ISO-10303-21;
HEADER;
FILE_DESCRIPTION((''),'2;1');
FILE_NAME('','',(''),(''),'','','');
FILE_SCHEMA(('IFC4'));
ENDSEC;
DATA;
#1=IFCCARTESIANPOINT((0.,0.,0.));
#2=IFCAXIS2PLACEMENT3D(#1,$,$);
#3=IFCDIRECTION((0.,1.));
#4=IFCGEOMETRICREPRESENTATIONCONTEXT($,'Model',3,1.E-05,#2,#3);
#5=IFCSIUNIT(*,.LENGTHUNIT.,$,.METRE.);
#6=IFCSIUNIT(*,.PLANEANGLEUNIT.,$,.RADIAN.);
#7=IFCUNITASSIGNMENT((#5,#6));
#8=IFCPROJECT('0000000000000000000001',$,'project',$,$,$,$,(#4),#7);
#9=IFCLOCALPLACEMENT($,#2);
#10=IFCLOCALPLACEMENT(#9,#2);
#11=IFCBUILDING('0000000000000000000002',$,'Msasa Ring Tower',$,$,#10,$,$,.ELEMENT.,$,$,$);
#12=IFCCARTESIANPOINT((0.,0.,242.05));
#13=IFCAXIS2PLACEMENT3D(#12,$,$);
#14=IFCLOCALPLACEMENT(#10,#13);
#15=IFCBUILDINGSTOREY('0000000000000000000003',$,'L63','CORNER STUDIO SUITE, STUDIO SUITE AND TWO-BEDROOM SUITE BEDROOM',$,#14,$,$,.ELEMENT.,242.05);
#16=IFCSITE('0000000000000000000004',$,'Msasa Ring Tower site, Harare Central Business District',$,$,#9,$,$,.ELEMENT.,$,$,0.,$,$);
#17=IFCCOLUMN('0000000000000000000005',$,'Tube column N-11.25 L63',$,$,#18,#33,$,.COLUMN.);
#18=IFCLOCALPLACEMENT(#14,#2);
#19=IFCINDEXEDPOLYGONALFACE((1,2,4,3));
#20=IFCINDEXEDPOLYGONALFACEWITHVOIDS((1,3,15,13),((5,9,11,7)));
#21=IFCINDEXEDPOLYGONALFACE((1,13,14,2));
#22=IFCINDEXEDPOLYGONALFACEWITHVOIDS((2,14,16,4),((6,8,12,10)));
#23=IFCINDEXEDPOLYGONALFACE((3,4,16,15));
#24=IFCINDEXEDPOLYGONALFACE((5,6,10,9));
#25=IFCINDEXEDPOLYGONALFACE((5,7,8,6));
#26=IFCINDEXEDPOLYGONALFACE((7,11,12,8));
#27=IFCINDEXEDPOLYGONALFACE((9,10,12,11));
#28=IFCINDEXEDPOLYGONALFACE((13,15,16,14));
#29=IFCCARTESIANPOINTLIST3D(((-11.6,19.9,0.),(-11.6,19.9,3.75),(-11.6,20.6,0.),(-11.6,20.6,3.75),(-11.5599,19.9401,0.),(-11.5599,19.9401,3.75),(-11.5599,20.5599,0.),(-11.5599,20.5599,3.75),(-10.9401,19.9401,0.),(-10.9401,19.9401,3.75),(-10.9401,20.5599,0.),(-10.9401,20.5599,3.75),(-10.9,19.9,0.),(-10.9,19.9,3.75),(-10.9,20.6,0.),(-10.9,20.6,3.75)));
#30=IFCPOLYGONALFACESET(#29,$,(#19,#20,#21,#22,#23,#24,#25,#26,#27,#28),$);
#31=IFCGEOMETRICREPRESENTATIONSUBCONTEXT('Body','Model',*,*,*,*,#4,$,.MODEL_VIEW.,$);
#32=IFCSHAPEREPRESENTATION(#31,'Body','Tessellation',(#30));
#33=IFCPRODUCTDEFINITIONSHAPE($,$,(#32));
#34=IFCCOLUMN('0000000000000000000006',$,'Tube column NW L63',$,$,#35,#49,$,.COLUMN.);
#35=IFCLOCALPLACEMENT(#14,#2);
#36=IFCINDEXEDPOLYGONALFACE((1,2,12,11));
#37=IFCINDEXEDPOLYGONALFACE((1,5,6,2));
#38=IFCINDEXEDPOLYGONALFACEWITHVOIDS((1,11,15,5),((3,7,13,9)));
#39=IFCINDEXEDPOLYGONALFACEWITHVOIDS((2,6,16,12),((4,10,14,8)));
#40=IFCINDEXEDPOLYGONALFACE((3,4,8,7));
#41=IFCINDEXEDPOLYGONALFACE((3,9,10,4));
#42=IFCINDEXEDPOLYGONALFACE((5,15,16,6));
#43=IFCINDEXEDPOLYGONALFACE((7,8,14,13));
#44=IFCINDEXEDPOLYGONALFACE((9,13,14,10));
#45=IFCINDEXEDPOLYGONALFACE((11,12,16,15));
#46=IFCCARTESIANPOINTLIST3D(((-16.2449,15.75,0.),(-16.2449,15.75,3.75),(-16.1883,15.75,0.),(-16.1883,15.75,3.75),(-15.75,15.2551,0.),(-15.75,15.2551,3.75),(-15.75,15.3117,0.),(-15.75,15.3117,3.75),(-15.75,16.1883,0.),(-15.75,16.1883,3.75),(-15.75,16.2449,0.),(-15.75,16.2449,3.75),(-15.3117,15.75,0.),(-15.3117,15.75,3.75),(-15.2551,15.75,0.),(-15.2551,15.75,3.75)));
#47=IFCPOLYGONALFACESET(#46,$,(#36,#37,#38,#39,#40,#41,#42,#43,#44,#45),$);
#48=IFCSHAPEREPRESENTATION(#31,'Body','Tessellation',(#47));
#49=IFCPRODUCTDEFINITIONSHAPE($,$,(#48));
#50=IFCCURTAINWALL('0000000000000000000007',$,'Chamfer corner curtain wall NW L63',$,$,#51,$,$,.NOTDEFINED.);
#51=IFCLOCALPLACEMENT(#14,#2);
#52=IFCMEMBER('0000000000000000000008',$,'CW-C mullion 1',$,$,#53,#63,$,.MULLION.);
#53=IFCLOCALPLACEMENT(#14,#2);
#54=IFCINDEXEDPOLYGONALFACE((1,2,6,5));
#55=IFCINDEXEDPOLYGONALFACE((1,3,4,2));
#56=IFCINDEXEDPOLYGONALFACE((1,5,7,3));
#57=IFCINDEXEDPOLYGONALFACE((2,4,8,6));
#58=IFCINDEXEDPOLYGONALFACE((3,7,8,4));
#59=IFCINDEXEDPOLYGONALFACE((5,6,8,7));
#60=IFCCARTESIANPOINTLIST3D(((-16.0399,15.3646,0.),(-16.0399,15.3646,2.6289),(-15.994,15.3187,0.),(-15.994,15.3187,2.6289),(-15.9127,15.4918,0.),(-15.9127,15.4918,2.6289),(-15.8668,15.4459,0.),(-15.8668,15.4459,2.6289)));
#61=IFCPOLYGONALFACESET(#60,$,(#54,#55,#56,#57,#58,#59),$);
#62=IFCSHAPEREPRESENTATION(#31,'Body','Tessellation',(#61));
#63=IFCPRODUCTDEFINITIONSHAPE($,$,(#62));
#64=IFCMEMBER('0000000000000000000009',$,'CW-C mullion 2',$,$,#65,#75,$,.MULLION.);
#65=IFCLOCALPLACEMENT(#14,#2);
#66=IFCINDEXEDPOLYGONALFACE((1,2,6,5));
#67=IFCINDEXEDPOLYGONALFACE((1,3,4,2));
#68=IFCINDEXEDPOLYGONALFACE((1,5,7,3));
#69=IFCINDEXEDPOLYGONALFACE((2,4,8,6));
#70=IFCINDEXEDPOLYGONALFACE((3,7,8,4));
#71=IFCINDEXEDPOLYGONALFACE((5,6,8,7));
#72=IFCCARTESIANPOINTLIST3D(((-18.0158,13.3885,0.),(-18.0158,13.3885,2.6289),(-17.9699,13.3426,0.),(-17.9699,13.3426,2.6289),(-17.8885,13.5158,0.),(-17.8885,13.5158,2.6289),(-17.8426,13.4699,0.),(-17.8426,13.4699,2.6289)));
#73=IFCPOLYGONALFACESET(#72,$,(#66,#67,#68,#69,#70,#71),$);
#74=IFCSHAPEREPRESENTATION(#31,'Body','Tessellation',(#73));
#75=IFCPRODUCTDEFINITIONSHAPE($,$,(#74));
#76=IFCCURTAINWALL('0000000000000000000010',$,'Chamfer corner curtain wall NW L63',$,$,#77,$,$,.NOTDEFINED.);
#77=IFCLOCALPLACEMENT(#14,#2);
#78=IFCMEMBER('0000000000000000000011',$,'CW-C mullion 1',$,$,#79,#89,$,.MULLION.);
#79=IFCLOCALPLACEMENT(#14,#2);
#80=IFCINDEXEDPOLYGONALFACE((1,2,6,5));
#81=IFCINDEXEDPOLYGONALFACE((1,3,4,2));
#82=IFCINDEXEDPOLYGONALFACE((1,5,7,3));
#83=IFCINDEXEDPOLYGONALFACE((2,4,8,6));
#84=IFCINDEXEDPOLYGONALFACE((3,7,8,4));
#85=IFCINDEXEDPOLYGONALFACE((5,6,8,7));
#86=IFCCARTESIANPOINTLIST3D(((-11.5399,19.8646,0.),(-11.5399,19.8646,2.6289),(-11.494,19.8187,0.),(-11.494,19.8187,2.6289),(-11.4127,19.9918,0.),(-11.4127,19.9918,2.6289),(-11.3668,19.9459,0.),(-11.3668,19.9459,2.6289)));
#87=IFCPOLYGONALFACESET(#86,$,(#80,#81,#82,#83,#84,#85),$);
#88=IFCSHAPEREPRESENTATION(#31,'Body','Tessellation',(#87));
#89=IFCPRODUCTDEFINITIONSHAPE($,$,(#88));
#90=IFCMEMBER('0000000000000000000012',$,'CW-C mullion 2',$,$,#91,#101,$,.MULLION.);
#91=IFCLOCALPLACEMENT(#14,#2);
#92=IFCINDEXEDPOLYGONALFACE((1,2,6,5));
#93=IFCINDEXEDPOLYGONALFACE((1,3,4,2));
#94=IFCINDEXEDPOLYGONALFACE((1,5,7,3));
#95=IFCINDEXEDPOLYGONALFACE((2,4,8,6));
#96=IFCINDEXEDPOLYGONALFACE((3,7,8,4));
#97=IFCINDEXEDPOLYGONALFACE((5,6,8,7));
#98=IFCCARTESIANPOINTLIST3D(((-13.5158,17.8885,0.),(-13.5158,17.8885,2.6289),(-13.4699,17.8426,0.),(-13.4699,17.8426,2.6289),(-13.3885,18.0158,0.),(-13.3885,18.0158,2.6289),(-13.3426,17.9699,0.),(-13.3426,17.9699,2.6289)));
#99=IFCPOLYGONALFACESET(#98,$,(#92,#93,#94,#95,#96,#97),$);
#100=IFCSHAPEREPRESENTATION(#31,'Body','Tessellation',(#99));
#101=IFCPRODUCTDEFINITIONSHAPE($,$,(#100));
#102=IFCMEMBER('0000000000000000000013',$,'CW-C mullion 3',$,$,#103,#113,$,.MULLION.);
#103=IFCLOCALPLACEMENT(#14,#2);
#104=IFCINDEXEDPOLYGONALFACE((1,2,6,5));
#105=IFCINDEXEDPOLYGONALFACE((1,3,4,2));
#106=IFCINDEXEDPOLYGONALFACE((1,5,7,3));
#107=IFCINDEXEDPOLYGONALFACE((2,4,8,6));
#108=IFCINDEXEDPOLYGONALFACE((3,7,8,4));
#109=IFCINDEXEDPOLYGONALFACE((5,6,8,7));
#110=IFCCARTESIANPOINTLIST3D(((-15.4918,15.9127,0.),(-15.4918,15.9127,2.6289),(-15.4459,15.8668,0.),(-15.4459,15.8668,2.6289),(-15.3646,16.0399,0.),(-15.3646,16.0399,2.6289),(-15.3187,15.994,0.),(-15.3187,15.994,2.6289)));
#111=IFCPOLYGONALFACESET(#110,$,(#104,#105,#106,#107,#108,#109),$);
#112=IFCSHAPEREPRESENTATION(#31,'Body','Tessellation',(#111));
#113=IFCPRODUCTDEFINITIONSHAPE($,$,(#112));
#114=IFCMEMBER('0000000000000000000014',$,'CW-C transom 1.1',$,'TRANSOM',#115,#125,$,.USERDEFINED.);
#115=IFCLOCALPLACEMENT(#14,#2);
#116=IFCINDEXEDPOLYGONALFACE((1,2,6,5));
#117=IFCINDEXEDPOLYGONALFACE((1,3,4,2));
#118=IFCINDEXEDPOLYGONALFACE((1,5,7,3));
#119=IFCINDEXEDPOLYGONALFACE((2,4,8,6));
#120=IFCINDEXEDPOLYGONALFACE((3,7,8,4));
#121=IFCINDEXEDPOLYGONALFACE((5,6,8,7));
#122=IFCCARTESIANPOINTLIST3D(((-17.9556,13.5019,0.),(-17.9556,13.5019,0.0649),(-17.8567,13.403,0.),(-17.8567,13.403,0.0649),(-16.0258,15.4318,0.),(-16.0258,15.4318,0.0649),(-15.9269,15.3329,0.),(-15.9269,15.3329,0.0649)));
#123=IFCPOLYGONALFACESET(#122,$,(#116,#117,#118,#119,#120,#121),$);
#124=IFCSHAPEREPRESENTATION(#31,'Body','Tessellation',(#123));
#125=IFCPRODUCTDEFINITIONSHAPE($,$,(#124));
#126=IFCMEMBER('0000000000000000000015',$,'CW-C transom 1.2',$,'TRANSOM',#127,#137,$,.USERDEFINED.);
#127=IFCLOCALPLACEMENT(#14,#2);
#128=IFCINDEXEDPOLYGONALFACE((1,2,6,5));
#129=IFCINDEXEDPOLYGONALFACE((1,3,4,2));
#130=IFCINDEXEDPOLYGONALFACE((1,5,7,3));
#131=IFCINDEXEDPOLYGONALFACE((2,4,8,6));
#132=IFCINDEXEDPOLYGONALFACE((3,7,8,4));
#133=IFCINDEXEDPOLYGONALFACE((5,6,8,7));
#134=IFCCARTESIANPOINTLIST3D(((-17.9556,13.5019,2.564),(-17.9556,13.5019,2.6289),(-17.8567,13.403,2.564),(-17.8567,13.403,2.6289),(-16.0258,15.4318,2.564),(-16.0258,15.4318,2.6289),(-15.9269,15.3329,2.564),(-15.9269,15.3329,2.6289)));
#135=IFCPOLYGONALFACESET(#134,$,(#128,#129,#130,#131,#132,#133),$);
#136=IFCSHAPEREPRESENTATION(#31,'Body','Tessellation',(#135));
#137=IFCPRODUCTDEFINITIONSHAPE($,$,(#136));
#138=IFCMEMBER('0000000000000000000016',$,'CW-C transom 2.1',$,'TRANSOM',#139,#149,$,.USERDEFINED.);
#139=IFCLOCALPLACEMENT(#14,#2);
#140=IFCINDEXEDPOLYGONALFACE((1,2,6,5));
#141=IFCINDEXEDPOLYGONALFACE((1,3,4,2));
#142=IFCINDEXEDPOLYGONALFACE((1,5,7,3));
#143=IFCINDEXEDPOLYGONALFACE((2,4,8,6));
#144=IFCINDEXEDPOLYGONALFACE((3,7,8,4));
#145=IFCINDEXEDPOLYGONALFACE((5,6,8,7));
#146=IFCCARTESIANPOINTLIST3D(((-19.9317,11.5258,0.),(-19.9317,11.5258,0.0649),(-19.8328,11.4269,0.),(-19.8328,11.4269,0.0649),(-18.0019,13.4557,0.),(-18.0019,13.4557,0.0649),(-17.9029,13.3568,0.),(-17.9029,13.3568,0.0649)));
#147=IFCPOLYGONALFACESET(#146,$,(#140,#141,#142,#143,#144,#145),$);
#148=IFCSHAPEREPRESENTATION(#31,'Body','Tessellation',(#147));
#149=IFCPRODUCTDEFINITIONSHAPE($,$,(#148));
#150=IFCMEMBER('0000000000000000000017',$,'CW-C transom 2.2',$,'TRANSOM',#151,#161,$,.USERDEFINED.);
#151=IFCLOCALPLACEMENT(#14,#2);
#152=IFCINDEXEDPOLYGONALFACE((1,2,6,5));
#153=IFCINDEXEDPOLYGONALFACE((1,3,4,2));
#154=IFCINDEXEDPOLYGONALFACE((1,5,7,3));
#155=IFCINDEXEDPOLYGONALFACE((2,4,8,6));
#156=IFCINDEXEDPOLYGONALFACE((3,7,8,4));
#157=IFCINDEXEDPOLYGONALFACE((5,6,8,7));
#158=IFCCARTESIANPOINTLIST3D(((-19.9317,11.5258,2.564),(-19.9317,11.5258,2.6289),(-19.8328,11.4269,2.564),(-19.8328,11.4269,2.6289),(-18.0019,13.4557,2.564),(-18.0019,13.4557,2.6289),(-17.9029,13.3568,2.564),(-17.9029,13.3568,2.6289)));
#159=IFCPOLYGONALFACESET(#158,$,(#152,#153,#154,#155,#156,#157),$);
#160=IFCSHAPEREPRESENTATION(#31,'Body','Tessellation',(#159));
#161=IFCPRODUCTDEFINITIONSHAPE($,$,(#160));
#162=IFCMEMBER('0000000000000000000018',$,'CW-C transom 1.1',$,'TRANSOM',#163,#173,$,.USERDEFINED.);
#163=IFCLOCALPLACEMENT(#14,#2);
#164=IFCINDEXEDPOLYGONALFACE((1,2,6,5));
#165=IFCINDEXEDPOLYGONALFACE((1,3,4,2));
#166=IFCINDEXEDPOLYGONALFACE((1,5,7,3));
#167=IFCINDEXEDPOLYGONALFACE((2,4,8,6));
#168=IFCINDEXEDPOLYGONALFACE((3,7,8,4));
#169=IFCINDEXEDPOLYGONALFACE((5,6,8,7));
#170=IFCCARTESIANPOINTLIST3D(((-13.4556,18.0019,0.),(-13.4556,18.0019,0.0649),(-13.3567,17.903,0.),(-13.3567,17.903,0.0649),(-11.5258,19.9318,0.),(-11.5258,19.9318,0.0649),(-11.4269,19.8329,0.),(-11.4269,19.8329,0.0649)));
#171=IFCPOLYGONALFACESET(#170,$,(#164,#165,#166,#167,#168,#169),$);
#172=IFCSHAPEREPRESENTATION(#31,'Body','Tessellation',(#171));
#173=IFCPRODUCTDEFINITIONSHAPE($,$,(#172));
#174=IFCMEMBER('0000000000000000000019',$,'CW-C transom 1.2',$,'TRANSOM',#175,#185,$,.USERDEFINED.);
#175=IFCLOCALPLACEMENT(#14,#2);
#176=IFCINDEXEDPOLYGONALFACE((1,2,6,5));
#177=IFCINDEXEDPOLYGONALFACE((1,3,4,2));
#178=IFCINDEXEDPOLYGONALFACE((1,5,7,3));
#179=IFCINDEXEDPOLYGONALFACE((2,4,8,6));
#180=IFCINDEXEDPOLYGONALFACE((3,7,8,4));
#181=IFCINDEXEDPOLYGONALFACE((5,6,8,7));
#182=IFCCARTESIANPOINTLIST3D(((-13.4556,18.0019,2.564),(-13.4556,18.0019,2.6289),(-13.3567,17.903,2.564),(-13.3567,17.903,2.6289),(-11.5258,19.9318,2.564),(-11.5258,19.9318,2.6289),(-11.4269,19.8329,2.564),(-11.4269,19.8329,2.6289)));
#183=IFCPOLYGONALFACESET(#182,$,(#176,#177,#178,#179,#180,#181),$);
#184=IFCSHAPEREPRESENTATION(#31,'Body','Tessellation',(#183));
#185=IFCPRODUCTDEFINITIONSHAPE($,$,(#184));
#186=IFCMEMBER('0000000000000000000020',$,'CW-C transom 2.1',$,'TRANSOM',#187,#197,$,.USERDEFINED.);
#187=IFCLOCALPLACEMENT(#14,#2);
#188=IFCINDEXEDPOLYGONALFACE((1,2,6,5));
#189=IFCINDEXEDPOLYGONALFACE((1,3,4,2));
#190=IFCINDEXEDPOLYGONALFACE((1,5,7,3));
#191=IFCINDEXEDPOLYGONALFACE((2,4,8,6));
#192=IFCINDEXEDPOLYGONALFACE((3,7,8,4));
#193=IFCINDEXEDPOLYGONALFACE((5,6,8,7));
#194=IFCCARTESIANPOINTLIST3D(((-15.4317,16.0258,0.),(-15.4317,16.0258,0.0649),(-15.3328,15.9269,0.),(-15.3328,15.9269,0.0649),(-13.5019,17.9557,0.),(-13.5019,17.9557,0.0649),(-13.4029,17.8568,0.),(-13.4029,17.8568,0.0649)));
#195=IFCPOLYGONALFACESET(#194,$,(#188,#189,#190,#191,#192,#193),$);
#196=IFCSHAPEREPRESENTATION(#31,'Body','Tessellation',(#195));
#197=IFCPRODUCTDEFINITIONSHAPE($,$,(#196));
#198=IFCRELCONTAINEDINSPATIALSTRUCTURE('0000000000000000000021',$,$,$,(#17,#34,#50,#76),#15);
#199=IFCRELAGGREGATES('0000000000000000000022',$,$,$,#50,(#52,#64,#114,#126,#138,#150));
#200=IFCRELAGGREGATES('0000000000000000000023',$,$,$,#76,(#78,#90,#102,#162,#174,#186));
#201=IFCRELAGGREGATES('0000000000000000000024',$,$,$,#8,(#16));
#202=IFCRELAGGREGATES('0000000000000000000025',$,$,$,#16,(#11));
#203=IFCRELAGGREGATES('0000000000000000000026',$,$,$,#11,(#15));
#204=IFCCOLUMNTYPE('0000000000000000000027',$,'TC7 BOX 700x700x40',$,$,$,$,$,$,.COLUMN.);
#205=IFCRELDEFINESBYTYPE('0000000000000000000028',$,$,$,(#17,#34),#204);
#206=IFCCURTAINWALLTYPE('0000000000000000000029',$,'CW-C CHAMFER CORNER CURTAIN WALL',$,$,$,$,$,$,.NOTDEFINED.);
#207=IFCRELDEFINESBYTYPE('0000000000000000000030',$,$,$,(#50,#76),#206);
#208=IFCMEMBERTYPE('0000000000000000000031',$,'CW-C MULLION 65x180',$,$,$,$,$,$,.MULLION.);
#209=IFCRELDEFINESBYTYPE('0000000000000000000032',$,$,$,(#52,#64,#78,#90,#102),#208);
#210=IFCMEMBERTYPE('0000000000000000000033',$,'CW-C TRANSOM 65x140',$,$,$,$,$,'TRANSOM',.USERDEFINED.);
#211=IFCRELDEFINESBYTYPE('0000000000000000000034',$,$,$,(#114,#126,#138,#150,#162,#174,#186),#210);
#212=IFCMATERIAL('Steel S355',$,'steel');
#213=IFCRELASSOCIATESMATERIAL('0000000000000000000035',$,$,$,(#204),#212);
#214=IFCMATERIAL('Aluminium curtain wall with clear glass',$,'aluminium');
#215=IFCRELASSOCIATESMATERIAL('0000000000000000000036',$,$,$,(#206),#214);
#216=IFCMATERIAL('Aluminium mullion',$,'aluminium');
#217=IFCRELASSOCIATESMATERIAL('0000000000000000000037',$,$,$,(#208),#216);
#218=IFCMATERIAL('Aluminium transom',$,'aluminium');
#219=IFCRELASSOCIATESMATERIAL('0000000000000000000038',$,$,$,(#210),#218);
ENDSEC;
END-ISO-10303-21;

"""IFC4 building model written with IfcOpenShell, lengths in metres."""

from ifc_helpers import new_model, si_unit, direction, frame, origin, origin_2d, place, context, subcontext, project, spatial, rectangle, hollow_rectangle, extrude, material, material_profile, profile_set, type_object, element, aggregate, save


model = new_model("IFC4")

# Units and contexts
model_context = context("Model", 3, precision=1e-05, world=origin(), true_north=direction((0.0, 1.0)))
body_context = subcontext(model_context, "Body", "Model", "MODEL_VIEW")
ifc_project = project(units=[si_unit("LENGTHUNIT", "METRE"), si_unit("PLANEANGLEUNIT", "RADIAN")], contexts=[model_context])

# Site, building, storey
site_placement = place(None, origin())
site = spatial("IfcSite", under=ifc_project, at=site_placement, Name="Msasa Ring Tower site, Harare Central Business District", CompositionType="ELEMENT", RefElevation=0.0)
building_placement = place(site_placement, origin())
building = spatial("IfcBuilding", under=site, at=building_placement, Name="Msasa Ring Tower", CompositionType="ELEMENT")
storey_placement = place(building_placement, frame((0.0, 0.0, 242.05)))
storey = spatial("IfcBuildingStorey", under=building, at=storey_placement, Name="L63", Description="CORNER STUDIO SUITE, STUDIO SUITE AND TWO-BEDROOM SUITE BEDROOM", CompositionType="ELEMENT", Elevation=242.05)

# Columns
ifc_material_1 = material(Name="Steel S355", Category="steel")
ifc_material_profile_1 = material_profile(ifc_material_1, hollow_rectangle(XDim=0.7, YDim=0.7, WallThickness=0.04, at=origin_2d()), Name="BOX 700x700x40")
ifc_profile_set_1 = profile_set([ifc_material_profile_1], Name="Steel S355")
column_type = type_object("IfcColumnType", Name="TC7 BOX 700x700x40", PredefinedType="COLUMN", material=ifc_profile_set_1)
for number, where, z_axis, x_axis, name in (
    (1, (-11.25, 20.25, 0.0), (0.0, 0.0, 1.0), (0.0, 1.0, 0.0), "Tube column N-11.25 L63"),
    (2, (-15.75, 15.75, 0.0), (0.0, 0.0, 1.0), (0.707107, -0.707107, 0.0), "Tube column NW L63"),
):
    element("IfcColumn", number, at=place(storey_placement, frame(where, z_axis=z_axis, x_axis=x_axis)), inside=storey, type_object=column_type, Name=name, PredefinedType="COLUMN", context=body_context, shape_type="SweptSolid", body=[
        extrude(hollow_rectangle(XDim=0.7, YDim=0.7, WallThickness=0.04, at=origin_2d()), origin(), (0.0, 0.0, 1.0), 3.75),
    ])

# Curtain walls, members
ifc_material_2 = material(Name="Aluminium curtain wall with clear glass", Category="aluminium")
curtain_wall_type = type_object("IfcCurtainWallType", Name="CW-C CHAMFER CORNER CURTAIN WALL", PredefinedType="NOTDEFINED", material=ifc_material_2)
curtain_wall_1_placement = place(storey_placement, origin())
curtain_wall_1 = element("IfcCurtainWall", 3, at=curtain_wall_1_placement, inside=storey, type_object=curtain_wall_type, Name="Chamfer corner curtain wall NW L63", PredefinedType="NOTDEFINED")
ifc_material_3 = material(Name="Aluminium mullion", Category="aluminium")
ifc_material_profile_2 = material_profile(ifc_material_3, rectangle(XDim=0.0649, YDim=0.1799, at=origin_2d()), Name="AL 65x180")
ifc_profile_set_2 = profile_set([ifc_material_profile_2], Name="Aluminium mullion")
member_type_1 = type_object("IfcMemberType", Name="CW-C MULLION 65x180", PredefinedType="MULLION", material=ifc_profile_set_2)
member_1_placement = place(storey_placement, frame((-15.9534, 15.4053, 0.0), z_axis=(0.0, 0.0, 1.0), x_axis=(0.707107, -0.707107, 0.0)))
member_1 = element("IfcMember", 4, at=member_1_placement, type_object=member_type_1, Name="CW-C mullion 1", PredefinedType="MULLION", context=body_context, shape_type="SweptSolid", body=[
    extrude(rectangle(XDim=0.0649, YDim=0.1799, at=origin_2d()), origin(), (0.0, 0.0, 1.0), 2.6289),
])
member_2_placement = place(storey_placement, frame((-17.9292, 13.4292, 0.0), z_axis=(0.0, 0.0, 1.0), x_axis=(0.707107, -0.707107, 0.0)))
member_2 = element("IfcMember", 5, at=member_2_placement, type_object=member_type_1, Name="CW-C mullion 2", PredefinedType="MULLION", context=body_context, shape_type="SweptSolid", body=[
    extrude(rectangle(XDim=0.0649, YDim=0.1799, at=origin_2d()), origin(), (0.0, 0.0, 1.0), 2.6289),
])
curtain_wall_2_placement = place(storey_placement, origin())
curtain_wall_2 = element("IfcCurtainWall", 6, at=curtain_wall_2_placement, inside=storey, type_object=curtain_wall_type, Name="Chamfer corner curtain wall NW L63", PredefinedType="NOTDEFINED")
member_3_placement = place(storey_placement, frame((-11.4534, 19.9053, 0.0), z_axis=(0.0, 0.0, 1.0), x_axis=(0.707107, -0.707107, 0.0)))
member_3 = element("IfcMember", 7, at=member_3_placement, type_object=member_type_1, Name="CW-C mullion 1", PredefinedType="MULLION", context=body_context, shape_type="SweptSolid", body=[
    extrude(rectangle(XDim=0.0649, YDim=0.1799, at=origin_2d()), origin(), (0.0, 0.0, 1.0), 2.6289),
])
member_4_placement = place(storey_placement, frame((-13.4292, 17.9292, 0.0), z_axis=(0.0, 0.0, 1.0), x_axis=(0.707107, -0.707107, 0.0)))
member_4 = element("IfcMember", 8, at=member_4_placement, type_object=member_type_1, Name="CW-C mullion 2", PredefinedType="MULLION", context=body_context, shape_type="SweptSolid", body=[
    extrude(rectangle(XDim=0.0649, YDim=0.1799, at=origin_2d()), origin(), (0.0, 0.0, 1.0), 2.6289),
])
member_5_placement = place(storey_placement, frame((-15.4053, 15.9534, 0.0), z_axis=(0.0, 0.0, 1.0), x_axis=(0.707107, -0.707107, 0.0)))
member_5 = element("IfcMember", 9, at=member_5_placement, type_object=member_type_1, Name="CW-C mullion 3", PredefinedType="MULLION", context=body_context, shape_type="SweptSolid", body=[
    extrude(rectangle(XDim=0.0649, YDim=0.1799, at=origin_2d()), origin(), (0.0, 0.0, 1.0), 2.6289),
])

# Members
ifc_material_4 = material(Name="Aluminium transom", Category="aluminium")
ifc_material_profile_3 = material_profile(ifc_material_4, rectangle(XDim=0.1399, YDim=0.0649, at=origin_2d()), Name="AL 65x140")
ifc_profile_set_3 = profile_set([ifc_material_profile_3], Name="Aluminium transom")
member_type_2 = type_object("IfcMemberType", Name="CW-C TRANSOM 65x140", ElementType="TRANSOM", PredefinedType="USERDEFINED", material=ifc_profile_set_3)
member_6_placement = place(storey_placement, frame((-15.9763, 15.3823, 0.0325), z_axis=(-0.707107, -0.707107, 0.0), x_axis=(0.707107, -0.707107, 0.0)))
member_6 = element("IfcMember", 10, at=member_6_placement, type_object=member_type_2, Name="CW-C transom 1.1", ObjectType="TRANSOM", PredefinedType="USERDEFINED", context=body_context, shape_type="SweptSolid", body=[
    extrude(rectangle(XDim=0.1399, YDim=0.0649, at=origin_2d()), origin(), (0.0, 0.0, 1.0), 2.7292),
])
member_7_placement = place(storey_placement, frame((-15.9763, 15.3823, 2.5964), z_axis=(-0.707107, -0.707107, 0.0), x_axis=(0.707107, -0.707107, 0.0)))
member_7 = element("IfcMember", 11, at=member_7_placement, type_object=member_type_2, Name="CW-C transom 1.2", ObjectType="TRANSOM", PredefinedType="USERDEFINED", context=body_context, shape_type="SweptSolid", body=[
    extrude(rectangle(XDim=0.1399, YDim=0.0649, at=origin_2d()), origin(), (0.0, 0.0, 1.0), 2.7292),
])
member_8_placement = place(storey_placement, frame((-17.9524, 13.4062, 0.0325), z_axis=(-0.707107, -0.707107, 0.0), x_axis=(0.707107, -0.707107, 0.0)))
member_8 = element("IfcMember", 12, at=member_8_placement, type_object=member_type_2, Name="CW-C transom 2.1", ObjectType="TRANSOM", PredefinedType="USERDEFINED", context=body_context, shape_type="SweptSolid", body=[
    extrude(rectangle(XDim=0.1399, YDim=0.0649, at=origin_2d()), origin(), (0.0, 0.0, 1.0), 2.7292),
])
member_9_placement = place(storey_placement, frame((-17.9524, 13.4062, 2.5964), z_axis=(-0.707107, -0.707107, 0.0), x_axis=(0.707107, -0.707107, 0.0)))
member_9 = element("IfcMember", 13, at=member_9_placement, type_object=member_type_2, Name="CW-C transom 2.2", ObjectType="TRANSOM", PredefinedType="USERDEFINED", context=body_context, shape_type="SweptSolid", body=[
    extrude(rectangle(XDim=0.1399, YDim=0.0649, at=origin_2d()), origin(), (0.0, 0.0, 1.0), 2.7292),
])
member_10_placement = place(storey_placement, frame((-11.4763, 19.8823, 0.0325), z_axis=(-0.707107, -0.707107, 0.0), x_axis=(0.707107, -0.707107, 0.0)))
member_10 = element("IfcMember", 14, at=member_10_placement, type_object=member_type_2, Name="CW-C transom 1.1", ObjectType="TRANSOM", PredefinedType="USERDEFINED", context=body_context, shape_type="SweptSolid", body=[
    extrude(rectangle(XDim=0.1399, YDim=0.0649, at=origin_2d()), origin(), (0.0, 0.0, 1.0), 2.7292),
])
member_11_placement = place(storey_placement, frame((-11.4763, 19.8823, 2.5964), z_axis=(-0.707107, -0.707107, 0.0), x_axis=(0.707107, -0.707107, 0.0)))
member_11 = element("IfcMember", 15, at=member_11_placement, type_object=member_type_2, Name="CW-C transom 1.2", ObjectType="TRANSOM", PredefinedType="USERDEFINED", context=body_context, shape_type="SweptSolid", body=[
    extrude(rectangle(XDim=0.1399, YDim=0.0649, at=origin_2d()), origin(), (0.0, 0.0, 1.0), 2.7292),
])
member_12_placement = place(storey_placement, frame((-13.4524, 17.9062, 0.0325), z_axis=(-0.707107, -0.707107, 0.0), x_axis=(0.707107, -0.707107, 0.0)))
member_12 = element("IfcMember", 16, at=member_12_placement, type_object=member_type_2, Name="CW-C transom 2.1", ObjectType="TRANSOM", PredefinedType="USERDEFINED", context=body_context, shape_type="SweptSolid", body=[
    extrude(rectangle(XDim=0.1399, YDim=0.0649, at=origin_2d()), origin(), (0.0, 0.0, 1.0), 2.7292),
])

aggregate(curtain_wall_1, [member_1, member_2, member_6, member_7, member_8, member_9])
aggregate(curtain_wall_2, [member_3, member_4, member_5, member_10, member_11, member_12])

save(model, "model.ifc")
